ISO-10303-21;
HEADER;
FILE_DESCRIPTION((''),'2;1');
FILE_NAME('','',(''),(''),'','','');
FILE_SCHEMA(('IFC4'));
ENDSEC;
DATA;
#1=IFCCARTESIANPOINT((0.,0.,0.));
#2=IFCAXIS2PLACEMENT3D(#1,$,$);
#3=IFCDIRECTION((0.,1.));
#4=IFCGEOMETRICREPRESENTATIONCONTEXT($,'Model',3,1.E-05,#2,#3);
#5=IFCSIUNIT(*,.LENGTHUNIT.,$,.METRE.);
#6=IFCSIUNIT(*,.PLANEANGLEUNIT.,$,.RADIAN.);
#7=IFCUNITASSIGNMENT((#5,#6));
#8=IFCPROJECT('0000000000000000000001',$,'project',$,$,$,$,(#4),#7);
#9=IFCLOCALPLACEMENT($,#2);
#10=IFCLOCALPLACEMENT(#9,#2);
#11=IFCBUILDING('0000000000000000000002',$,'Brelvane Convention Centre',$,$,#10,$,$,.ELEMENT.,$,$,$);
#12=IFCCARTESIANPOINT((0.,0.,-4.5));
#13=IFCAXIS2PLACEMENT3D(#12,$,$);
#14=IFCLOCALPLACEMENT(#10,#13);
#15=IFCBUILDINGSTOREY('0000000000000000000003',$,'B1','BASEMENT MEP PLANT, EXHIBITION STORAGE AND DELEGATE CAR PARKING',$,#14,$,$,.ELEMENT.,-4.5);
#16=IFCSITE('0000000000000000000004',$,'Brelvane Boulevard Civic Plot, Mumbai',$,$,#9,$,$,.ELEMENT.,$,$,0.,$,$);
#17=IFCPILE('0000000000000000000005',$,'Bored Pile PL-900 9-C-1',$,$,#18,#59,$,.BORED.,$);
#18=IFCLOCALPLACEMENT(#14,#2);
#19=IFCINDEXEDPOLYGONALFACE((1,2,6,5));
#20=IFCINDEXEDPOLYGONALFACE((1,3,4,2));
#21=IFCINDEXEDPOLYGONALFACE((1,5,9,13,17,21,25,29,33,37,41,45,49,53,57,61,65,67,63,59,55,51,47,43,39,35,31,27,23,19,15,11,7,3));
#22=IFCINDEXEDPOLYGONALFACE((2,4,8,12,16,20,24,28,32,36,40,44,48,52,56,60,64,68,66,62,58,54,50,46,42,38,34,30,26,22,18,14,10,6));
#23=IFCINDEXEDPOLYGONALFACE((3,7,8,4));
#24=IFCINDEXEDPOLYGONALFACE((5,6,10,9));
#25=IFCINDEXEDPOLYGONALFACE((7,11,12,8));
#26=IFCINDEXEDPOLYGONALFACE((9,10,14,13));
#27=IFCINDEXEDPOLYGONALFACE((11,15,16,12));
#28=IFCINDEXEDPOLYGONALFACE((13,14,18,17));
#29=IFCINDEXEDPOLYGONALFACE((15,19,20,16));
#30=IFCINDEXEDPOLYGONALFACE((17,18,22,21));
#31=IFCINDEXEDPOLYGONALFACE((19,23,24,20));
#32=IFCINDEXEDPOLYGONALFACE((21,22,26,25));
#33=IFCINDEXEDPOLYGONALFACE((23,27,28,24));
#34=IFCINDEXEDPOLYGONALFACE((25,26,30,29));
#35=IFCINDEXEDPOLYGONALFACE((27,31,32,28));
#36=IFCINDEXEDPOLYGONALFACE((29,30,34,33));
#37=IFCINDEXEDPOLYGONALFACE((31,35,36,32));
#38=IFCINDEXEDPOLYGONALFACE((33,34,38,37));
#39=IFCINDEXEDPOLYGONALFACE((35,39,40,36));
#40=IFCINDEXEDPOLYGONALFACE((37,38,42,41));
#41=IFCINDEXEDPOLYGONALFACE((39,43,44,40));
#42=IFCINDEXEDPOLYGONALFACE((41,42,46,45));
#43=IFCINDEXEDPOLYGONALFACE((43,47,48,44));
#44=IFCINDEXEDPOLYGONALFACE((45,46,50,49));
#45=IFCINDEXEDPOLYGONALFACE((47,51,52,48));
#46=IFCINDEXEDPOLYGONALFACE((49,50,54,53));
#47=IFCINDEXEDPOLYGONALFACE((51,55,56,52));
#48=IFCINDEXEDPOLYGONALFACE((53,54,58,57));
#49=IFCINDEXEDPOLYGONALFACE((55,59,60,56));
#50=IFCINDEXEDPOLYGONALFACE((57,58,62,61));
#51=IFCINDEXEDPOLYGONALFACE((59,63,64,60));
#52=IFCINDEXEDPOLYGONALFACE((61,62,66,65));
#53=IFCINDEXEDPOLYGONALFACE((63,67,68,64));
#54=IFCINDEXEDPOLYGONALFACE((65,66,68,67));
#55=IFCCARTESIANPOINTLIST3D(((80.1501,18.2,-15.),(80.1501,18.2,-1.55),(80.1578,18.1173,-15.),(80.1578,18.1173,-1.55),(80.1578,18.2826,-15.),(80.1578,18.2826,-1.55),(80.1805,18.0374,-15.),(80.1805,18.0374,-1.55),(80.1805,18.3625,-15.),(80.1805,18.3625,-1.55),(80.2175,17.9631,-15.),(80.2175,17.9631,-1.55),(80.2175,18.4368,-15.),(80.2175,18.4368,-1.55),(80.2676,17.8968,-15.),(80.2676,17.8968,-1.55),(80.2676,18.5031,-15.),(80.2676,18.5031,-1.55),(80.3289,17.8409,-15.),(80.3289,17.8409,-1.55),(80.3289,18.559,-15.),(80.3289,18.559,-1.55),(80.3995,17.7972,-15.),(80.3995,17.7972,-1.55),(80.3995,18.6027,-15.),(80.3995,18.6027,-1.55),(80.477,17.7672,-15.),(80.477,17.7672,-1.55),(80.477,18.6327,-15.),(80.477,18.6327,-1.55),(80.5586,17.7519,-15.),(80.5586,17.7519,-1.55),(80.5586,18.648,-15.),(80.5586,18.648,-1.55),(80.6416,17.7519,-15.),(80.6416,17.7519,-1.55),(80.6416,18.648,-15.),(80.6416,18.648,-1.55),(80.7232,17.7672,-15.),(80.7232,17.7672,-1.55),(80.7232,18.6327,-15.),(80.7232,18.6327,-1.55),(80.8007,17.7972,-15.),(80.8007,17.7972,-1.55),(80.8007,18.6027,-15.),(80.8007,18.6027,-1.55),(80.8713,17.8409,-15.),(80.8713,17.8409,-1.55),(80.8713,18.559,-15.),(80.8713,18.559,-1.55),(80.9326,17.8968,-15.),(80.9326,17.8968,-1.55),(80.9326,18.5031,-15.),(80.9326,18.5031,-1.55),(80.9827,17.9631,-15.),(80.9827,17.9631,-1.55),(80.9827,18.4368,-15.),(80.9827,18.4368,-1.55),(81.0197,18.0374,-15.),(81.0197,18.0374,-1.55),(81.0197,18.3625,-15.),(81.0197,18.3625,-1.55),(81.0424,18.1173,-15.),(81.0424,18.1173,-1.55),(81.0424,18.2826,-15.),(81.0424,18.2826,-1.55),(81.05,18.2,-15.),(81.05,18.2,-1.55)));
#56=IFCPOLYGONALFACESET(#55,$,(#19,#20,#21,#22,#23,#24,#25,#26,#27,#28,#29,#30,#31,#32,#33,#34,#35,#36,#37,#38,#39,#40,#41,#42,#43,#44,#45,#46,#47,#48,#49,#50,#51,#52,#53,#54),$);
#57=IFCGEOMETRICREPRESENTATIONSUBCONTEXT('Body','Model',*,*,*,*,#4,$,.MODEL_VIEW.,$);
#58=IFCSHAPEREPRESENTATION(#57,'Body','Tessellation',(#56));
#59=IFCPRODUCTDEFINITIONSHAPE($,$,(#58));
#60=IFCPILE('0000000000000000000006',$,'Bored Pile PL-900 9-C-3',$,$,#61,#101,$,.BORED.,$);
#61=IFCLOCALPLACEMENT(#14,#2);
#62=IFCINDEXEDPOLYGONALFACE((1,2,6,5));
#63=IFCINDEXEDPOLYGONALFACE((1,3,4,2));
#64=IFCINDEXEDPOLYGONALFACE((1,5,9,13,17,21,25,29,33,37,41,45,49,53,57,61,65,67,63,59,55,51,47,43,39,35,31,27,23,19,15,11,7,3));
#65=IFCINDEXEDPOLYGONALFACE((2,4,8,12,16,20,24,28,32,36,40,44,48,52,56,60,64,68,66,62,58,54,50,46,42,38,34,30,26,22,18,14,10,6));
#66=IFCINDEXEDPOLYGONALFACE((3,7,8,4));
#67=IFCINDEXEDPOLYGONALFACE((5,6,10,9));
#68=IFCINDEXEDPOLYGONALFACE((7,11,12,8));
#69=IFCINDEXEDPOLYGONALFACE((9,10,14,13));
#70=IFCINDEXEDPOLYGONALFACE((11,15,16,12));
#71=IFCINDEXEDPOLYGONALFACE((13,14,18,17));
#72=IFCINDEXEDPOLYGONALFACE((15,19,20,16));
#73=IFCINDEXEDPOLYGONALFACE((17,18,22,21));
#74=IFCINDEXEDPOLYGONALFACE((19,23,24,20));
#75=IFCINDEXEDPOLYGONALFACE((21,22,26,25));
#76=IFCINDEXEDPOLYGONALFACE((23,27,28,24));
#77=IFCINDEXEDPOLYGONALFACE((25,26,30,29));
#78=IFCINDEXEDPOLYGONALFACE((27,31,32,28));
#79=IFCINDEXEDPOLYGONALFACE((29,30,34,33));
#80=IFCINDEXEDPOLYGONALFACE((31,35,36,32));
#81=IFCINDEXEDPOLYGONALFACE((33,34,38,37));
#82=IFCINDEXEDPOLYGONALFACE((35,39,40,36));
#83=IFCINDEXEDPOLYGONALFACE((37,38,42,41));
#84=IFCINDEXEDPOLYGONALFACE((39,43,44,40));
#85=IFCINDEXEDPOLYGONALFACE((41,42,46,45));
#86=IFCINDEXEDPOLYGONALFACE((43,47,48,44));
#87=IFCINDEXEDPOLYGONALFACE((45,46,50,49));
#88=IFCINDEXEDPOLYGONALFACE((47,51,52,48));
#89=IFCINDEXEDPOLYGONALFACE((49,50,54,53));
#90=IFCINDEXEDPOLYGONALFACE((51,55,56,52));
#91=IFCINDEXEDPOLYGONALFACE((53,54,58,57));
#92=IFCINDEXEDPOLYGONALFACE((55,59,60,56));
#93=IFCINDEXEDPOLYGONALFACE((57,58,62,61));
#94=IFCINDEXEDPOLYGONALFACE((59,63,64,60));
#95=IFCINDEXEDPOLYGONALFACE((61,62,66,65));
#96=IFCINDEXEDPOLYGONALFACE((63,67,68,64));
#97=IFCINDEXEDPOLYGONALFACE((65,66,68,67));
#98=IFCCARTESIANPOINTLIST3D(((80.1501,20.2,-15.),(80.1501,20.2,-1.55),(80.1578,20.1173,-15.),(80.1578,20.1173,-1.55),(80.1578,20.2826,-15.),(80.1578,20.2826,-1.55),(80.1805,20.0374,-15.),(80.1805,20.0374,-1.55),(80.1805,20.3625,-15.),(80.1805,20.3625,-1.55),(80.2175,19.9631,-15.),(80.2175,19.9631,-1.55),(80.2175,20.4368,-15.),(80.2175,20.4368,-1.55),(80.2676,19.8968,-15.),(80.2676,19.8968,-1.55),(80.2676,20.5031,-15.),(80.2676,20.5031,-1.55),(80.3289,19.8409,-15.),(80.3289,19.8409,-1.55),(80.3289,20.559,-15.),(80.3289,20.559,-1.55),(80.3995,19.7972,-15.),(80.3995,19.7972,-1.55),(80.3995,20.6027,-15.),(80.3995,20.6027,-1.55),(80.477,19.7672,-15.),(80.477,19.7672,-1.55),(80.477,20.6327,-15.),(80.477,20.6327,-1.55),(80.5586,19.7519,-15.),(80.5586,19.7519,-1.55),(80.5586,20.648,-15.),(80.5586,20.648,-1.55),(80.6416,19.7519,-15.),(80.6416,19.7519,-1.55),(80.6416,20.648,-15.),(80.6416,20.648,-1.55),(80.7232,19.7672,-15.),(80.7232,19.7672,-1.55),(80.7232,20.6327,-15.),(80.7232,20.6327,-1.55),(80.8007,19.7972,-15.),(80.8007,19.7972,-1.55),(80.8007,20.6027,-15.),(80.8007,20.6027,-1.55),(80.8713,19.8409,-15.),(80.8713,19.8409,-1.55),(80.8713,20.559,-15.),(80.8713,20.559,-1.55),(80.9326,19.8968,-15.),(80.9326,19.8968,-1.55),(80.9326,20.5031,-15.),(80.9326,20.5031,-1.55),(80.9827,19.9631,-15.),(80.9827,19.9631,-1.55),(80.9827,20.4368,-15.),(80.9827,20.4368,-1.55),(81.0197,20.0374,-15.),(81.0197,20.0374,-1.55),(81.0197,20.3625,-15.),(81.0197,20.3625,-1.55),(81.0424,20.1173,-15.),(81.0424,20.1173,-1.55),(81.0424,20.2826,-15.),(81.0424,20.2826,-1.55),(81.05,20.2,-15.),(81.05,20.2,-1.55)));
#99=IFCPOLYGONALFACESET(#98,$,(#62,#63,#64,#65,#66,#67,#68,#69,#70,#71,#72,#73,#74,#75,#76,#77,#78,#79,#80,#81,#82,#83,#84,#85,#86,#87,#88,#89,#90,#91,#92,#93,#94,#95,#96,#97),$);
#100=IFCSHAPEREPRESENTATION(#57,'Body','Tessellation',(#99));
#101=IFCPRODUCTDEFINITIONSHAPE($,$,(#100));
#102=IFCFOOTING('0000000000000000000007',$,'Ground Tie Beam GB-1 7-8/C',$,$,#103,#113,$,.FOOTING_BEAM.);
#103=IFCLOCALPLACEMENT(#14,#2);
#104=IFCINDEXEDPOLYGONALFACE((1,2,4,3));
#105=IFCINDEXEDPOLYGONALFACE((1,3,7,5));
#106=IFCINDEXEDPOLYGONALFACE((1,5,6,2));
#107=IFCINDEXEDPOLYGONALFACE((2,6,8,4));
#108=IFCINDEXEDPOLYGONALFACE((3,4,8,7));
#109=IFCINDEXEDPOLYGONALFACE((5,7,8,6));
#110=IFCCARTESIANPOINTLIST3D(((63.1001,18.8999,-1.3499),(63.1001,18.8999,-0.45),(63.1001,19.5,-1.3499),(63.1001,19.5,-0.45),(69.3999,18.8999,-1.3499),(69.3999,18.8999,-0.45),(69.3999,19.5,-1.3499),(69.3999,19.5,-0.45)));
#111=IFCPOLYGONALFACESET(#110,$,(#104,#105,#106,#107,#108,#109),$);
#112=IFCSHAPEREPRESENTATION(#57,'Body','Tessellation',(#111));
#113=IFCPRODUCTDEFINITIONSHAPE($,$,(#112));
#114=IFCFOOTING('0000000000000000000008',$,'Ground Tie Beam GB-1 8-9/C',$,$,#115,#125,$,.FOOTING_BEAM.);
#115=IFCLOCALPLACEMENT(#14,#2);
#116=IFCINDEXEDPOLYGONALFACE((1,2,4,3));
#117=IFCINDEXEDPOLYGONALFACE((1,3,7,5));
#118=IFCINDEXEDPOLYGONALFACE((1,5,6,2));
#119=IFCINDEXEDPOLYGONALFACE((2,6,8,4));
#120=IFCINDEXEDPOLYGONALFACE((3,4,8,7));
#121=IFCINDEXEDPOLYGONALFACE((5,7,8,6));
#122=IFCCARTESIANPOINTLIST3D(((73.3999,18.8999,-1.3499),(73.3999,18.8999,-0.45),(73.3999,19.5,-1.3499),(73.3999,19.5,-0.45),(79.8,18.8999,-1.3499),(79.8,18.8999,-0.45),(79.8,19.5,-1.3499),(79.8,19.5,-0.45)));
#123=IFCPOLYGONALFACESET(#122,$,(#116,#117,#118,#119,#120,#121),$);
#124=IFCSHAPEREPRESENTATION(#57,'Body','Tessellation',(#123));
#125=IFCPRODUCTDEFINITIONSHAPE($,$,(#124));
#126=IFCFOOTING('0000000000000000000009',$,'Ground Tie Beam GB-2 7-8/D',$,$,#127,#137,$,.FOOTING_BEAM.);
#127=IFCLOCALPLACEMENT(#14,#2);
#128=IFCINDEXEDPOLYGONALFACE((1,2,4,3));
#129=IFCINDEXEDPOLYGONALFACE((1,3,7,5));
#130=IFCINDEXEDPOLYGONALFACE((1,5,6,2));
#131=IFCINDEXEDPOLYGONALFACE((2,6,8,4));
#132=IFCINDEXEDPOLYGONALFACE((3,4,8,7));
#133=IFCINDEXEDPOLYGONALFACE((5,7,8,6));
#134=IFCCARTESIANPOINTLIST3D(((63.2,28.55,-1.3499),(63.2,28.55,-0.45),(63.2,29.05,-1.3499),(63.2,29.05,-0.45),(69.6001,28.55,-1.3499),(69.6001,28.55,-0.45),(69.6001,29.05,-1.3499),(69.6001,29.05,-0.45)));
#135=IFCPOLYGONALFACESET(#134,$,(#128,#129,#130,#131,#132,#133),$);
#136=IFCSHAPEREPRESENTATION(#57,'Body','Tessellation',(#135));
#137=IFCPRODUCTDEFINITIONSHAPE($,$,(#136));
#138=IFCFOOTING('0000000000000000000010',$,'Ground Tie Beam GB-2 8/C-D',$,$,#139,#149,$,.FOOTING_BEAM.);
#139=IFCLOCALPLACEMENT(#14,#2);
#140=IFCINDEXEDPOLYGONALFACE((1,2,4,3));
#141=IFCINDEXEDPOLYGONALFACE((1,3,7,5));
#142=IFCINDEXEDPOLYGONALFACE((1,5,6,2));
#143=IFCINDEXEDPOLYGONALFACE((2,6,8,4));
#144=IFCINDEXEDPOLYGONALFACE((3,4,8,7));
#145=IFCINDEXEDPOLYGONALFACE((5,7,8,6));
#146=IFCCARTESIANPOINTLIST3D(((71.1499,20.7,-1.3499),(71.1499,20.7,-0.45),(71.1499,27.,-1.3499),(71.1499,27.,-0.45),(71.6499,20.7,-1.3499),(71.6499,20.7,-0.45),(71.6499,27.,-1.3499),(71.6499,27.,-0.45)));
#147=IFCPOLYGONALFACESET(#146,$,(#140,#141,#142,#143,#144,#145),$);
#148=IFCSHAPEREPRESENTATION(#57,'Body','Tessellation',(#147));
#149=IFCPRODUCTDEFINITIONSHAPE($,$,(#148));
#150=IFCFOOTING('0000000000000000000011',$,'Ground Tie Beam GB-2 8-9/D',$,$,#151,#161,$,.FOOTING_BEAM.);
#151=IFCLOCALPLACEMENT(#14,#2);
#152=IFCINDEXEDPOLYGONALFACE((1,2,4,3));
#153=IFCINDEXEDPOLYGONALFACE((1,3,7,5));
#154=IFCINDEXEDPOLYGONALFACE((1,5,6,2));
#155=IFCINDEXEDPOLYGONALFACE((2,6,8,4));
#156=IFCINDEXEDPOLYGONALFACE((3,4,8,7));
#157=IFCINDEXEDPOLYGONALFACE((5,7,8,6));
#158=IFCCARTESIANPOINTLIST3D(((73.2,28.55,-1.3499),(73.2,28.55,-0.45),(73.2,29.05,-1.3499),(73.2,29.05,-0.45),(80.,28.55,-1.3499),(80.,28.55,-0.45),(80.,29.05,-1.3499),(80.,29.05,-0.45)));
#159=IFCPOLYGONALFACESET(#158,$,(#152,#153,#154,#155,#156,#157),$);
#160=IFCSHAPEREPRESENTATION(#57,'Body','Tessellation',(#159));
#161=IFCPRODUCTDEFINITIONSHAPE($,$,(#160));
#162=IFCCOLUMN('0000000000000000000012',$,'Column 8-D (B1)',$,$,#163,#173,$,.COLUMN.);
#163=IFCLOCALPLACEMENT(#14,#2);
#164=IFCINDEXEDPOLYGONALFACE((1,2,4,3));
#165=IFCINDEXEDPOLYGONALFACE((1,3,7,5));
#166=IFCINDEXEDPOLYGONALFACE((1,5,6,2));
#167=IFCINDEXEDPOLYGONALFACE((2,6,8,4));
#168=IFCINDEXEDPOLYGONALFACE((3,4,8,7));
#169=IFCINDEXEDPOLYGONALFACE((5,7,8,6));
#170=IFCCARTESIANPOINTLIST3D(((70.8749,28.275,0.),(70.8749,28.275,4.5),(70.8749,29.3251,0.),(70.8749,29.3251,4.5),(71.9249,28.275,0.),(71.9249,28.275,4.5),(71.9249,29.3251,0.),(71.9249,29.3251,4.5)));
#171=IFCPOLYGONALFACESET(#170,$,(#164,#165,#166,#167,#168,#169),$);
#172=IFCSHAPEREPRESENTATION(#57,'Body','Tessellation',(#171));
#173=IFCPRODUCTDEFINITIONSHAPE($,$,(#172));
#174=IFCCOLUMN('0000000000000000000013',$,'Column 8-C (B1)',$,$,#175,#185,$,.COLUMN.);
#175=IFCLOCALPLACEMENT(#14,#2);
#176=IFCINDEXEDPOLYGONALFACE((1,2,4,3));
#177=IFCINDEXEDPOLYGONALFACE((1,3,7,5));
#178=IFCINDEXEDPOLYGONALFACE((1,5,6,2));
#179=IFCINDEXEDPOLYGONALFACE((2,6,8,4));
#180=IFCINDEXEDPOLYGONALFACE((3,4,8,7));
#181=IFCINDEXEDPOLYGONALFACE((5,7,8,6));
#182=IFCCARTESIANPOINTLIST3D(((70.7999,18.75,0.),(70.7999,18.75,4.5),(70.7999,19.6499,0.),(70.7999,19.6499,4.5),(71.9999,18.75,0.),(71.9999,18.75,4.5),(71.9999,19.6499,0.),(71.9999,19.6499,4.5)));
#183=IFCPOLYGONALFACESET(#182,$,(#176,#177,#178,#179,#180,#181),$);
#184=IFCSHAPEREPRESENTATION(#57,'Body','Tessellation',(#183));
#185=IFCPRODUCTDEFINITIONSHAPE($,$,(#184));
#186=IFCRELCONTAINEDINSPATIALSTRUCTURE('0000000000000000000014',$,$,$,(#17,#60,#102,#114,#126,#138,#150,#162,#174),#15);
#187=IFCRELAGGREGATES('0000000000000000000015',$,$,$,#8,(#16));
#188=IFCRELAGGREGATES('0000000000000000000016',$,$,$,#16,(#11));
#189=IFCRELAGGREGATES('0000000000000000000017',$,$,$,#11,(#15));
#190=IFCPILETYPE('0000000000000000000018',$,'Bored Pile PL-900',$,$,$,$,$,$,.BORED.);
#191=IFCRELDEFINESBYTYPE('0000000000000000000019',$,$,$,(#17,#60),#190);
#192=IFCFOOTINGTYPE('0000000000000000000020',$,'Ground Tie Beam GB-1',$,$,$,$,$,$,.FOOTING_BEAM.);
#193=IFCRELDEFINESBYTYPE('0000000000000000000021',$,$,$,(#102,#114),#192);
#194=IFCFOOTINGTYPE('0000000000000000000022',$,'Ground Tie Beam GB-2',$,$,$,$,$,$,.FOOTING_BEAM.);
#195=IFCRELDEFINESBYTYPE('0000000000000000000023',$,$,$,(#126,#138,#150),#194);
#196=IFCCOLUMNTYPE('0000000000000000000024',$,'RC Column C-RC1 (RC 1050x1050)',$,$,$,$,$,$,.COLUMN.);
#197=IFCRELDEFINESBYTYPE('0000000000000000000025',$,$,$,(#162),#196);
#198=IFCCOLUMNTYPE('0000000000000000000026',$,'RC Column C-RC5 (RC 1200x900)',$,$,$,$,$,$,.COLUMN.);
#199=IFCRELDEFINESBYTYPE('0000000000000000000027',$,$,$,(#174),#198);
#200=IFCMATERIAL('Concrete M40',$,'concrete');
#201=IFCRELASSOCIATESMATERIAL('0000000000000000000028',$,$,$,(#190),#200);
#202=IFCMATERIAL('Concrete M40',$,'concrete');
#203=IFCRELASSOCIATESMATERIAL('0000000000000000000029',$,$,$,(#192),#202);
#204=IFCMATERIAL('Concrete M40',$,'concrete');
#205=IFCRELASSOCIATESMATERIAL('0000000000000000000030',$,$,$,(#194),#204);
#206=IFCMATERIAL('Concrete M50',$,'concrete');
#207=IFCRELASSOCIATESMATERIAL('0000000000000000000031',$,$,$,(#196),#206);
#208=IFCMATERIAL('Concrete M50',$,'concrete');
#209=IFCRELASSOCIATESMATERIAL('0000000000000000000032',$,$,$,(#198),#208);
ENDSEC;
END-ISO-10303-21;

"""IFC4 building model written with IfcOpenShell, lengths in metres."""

from ifc_helpers import new_model, si_unit, direction, frame, origin, origin_2d, place, context, subcontext, project, spatial, rectangle, circle, extrude, material, material_profile, profile_set, type_object, element, save


model = new_model("IFC4")

# Units and contexts
model_context = context("Model", 3, precision=1e-05, world=origin(), true_north=direction((0.0, 1.0)))
body_context = subcontext(model_context, "Body", "Model", "MODEL_VIEW")
ifc_project = project(units=[si_unit("LENGTHUNIT", "METRE"), si_unit("PLANEANGLEUNIT", "RADIAN")], contexts=[model_context])

# Site, building, storey
site_placement = place(None, origin())
site = spatial("IfcSite", under=ifc_project, at=site_placement, Name="Brelvane Boulevard Civic Plot, Mumbai", CompositionType="ELEMENT", RefElevation=0.0)
building_placement = place(site_placement, origin())
building = spatial("IfcBuilding", under=site, at=building_placement, Name="Brelvane Convention Centre", CompositionType="ELEMENT")
storey_placement = place(building_placement, frame((0.0, 0.0, -4.5)))
storey = spatial("IfcBuildingStorey", under=building, at=storey_placement, Name="B1", Description="BASEMENT MEP PLANT, EXHIBITION STORAGE AND DELEGATE CAR PARKING", CompositionType="ELEMENT", Elevation=-4.5)

# Piles
ifc_material_1 = material(Name="Concrete M40", Category="concrete")
ifc_material_profile_1 = material_profile(ifc_material_1, circle(Radius=0.45, at=origin_2d()), Name="PILE D900")
ifc_profile_set_1 = profile_set([ifc_material_profile_1], Name="Concrete M40")
pile_type = type_object("IfcPileType", Name="Bored Pile PL-900", PredefinedType="BORED", material=ifc_profile_set_1)
for number, where, z_axis, x_axis, name in (
    (1, (80.6001, 18.2, -1.55), (0.0, 0.0, -1.0), (1.0, 0.0, 0.0), "Bored Pile PL-900 9-C-1"),
    (2, (80.6001, 20.2, -1.55), (0.0, 0.0, -1.0), (1.0, 0.0, 0.0), "Bored Pile PL-900 9-C-3"),
):
    element("IfcPile", number, at=place(storey_placement, frame(where, z_axis=z_axis, x_axis=x_axis)), inside=storey, type_object=pile_type, Name=name, PredefinedType="BORED", context=body_context, shape_type="SweptSolid", body=[
        extrude(circle(Radius=0.45, at=origin_2d()), origin(), (0.0, 0.0, 1.0), 13.45),
    ])

# Footings
ifc_material_2 = material(Name="Concrete M40", Category="concrete")
ifc_material_profile_2 = material_profile(ifc_material_2, rectangle(XDim=0.6001, YDim=0.8999, at=origin_2d()), Name="RC 600x900")
ifc_profile_set_2 = profile_set([ifc_material_profile_2], Name="Concrete M40")
footing_type_1 = type_object("IfcFootingType", Name="Ground Tie Beam GB-1", PredefinedType="FOOTING_BEAM", material=ifc_profile_set_2)
footing_1_placement = place(storey_placement, frame((63.1001, 19.2, -0.8999), z_axis=(1.0, 0.0, 0.0), x_axis=(0.0, 1.0, 0.0)))
element("IfcFooting", 3, at=footing_1_placement, inside=storey, type_object=footing_type_1, Name="Ground Tie Beam GB-1 7-8/C", PredefinedType="FOOTING_BEAM", context=body_context, shape_type="SweptSolid", body=[
    extrude(rectangle(XDim=0.6001, YDim=0.8999, at=origin_2d()), origin(), (0.0, 0.0, 1.0), 6.2998),
])
footing_2_placement = place(storey_placement, frame((73.3999, 19.2, -0.8999), z_axis=(1.0, 0.0, 0.0), x_axis=(0.0, 1.0, 0.0)))
element("IfcFooting", 4, at=footing_2_placement, inside=storey, type_object=footing_type_1, Name="Ground Tie Beam GB-1 8-9/C", PredefinedType="FOOTING_BEAM", context=body_context, shape_type="SweptSolid", body=[
    extrude(rectangle(XDim=0.6001, YDim=0.8999, at=origin_2d()), origin(), (0.0, 0.0, 1.0), 6.4001),
])
ifc_material_3 = material(Name="Concrete M40", Category="concrete")
ifc_material_profile_3 = material_profile(ifc_material_3, rectangle(XDim=0.5, YDim=0.8999, at=origin_2d()), Name="RC 500x900")
ifc_profile_set_3 = profile_set([ifc_material_profile_3], Name="Concrete M40")
footing_type_2 = type_object("IfcFootingType", Name="Ground Tie Beam GB-2", PredefinedType="FOOTING_BEAM", material=ifc_profile_set_3)
footing_3_placement = place(storey_placement, frame((63.2, 28.8, -0.8999), z_axis=(1.0, 0.0, 0.0), x_axis=(0.0, 1.0, 0.0)))
element("IfcFooting", 5, at=footing_3_placement, inside=storey, type_object=footing_type_2, Name="Ground Tie Beam GB-2 7-8/D", PredefinedType="FOOTING_BEAM", context=body_context, shape_type="SweptSolid", body=[
    extrude(rectangle(XDim=0.5, YDim=0.8999, at=origin_2d()), origin(), (0.0, 0.0, 1.0), 6.4001),
])
footing_4_placement = place(storey_placement, frame((71.3999, 20.7, -0.8999), z_axis=(0.0, 1.0, 0.0), x_axis=(-1.0, 0.0, 0.0)))
element("IfcFooting", 6, at=footing_4_placement, inside=storey, type_object=footing_type_2, Name="Ground Tie Beam GB-2 8/C-D", PredefinedType="FOOTING_BEAM", context=body_context, shape_type="SweptSolid", body=[
    extrude(rectangle(XDim=0.5, YDim=0.8999, at=origin_2d()), origin(), (0.0, 0.0, 1.0), 6.3),
])
footing_5_placement = place(storey_placement, frame((73.2, 28.8, -0.8999), z_axis=(1.0, 0.0, 0.0), x_axis=(0.0, 1.0, 0.0)))
element("IfcFooting", 7, at=footing_5_placement, inside=storey, type_object=footing_type_2, Name="Ground Tie Beam GB-2 8-9/D", PredefinedType="FOOTING_BEAM", context=body_context, shape_type="SweptSolid", body=[
    extrude(rectangle(XDim=0.5, YDim=0.8999, at=origin_2d()), origin(), (0.0, 0.0, 1.0), 6.8),
])

# Columns
ifc_material_4 = material(Name="Concrete M50", Category="concrete")
ifc_material_profile_4 = material_profile(ifc_material_4, rectangle(XDim=1.05, YDim=1.05, at=origin_2d()), Name="RC 1050x1050")
ifc_profile_set_4 = profile_set([ifc_material_profile_4], Name="Concrete M50")
column_type_1 = type_object("IfcColumnType", Name="RC Column C-RC1 (RC 1050x1050)", PredefinedType="COLUMN", material=ifc_profile_set_4)
column_1_placement = place(storey_placement, frame((71.3999, 28.8, 0.0), z_axis=(0.0, 0.0, 1.0), x_axis=(1.0, 0.0, 0.0)))
element("IfcColumn", 8, at=column_1_placement, inside=storey, type_object=column_type_1, Name="Column 8-D (B1)", PredefinedType="COLUMN", context=body_context, shape_type="SweptSolid", body=[
    extrude(rectangle(XDim=1.05, YDim=1.05, at=origin_2d()), origin(), (0.0, 0.0, 1.0), 4.5),
])
ifc_material_5 = material(Name="Concrete M50", Category="concrete")
ifc_material_profile_5 = material_profile(ifc_material_5, rectangle(XDim=1.2, YDim=0.8999, at=origin_2d()), Name="RC 1200x900")
ifc_profile_set_5 = profile_set([ifc_material_profile_5], Name="Concrete M50")
column_type_2 = type_object("IfcColumnType", Name="RC Column C-RC5 (RC 1200x900)", PredefinedType="COLUMN", material=ifc_profile_set_5)
column_2_placement = place(storey_placement, frame((71.3999, 19.2, 0.0), z_axis=(0.0, 0.0, 1.0), x_axis=(1.0, 0.0, 0.0)))
element("IfcColumn", 9, at=column_2_placement, inside=storey, type_object=column_type_2, Name="Column 8-C (B1)", PredefinedType="COLUMN", context=body_context, shape_type="SweptSolid", body=[
    extrude(rectangle(XDim=1.2, YDim=0.8999, at=origin_2d()), origin(), (0.0, 0.0, 1.0), 4.5),
])

save(model, "model.ifc")
